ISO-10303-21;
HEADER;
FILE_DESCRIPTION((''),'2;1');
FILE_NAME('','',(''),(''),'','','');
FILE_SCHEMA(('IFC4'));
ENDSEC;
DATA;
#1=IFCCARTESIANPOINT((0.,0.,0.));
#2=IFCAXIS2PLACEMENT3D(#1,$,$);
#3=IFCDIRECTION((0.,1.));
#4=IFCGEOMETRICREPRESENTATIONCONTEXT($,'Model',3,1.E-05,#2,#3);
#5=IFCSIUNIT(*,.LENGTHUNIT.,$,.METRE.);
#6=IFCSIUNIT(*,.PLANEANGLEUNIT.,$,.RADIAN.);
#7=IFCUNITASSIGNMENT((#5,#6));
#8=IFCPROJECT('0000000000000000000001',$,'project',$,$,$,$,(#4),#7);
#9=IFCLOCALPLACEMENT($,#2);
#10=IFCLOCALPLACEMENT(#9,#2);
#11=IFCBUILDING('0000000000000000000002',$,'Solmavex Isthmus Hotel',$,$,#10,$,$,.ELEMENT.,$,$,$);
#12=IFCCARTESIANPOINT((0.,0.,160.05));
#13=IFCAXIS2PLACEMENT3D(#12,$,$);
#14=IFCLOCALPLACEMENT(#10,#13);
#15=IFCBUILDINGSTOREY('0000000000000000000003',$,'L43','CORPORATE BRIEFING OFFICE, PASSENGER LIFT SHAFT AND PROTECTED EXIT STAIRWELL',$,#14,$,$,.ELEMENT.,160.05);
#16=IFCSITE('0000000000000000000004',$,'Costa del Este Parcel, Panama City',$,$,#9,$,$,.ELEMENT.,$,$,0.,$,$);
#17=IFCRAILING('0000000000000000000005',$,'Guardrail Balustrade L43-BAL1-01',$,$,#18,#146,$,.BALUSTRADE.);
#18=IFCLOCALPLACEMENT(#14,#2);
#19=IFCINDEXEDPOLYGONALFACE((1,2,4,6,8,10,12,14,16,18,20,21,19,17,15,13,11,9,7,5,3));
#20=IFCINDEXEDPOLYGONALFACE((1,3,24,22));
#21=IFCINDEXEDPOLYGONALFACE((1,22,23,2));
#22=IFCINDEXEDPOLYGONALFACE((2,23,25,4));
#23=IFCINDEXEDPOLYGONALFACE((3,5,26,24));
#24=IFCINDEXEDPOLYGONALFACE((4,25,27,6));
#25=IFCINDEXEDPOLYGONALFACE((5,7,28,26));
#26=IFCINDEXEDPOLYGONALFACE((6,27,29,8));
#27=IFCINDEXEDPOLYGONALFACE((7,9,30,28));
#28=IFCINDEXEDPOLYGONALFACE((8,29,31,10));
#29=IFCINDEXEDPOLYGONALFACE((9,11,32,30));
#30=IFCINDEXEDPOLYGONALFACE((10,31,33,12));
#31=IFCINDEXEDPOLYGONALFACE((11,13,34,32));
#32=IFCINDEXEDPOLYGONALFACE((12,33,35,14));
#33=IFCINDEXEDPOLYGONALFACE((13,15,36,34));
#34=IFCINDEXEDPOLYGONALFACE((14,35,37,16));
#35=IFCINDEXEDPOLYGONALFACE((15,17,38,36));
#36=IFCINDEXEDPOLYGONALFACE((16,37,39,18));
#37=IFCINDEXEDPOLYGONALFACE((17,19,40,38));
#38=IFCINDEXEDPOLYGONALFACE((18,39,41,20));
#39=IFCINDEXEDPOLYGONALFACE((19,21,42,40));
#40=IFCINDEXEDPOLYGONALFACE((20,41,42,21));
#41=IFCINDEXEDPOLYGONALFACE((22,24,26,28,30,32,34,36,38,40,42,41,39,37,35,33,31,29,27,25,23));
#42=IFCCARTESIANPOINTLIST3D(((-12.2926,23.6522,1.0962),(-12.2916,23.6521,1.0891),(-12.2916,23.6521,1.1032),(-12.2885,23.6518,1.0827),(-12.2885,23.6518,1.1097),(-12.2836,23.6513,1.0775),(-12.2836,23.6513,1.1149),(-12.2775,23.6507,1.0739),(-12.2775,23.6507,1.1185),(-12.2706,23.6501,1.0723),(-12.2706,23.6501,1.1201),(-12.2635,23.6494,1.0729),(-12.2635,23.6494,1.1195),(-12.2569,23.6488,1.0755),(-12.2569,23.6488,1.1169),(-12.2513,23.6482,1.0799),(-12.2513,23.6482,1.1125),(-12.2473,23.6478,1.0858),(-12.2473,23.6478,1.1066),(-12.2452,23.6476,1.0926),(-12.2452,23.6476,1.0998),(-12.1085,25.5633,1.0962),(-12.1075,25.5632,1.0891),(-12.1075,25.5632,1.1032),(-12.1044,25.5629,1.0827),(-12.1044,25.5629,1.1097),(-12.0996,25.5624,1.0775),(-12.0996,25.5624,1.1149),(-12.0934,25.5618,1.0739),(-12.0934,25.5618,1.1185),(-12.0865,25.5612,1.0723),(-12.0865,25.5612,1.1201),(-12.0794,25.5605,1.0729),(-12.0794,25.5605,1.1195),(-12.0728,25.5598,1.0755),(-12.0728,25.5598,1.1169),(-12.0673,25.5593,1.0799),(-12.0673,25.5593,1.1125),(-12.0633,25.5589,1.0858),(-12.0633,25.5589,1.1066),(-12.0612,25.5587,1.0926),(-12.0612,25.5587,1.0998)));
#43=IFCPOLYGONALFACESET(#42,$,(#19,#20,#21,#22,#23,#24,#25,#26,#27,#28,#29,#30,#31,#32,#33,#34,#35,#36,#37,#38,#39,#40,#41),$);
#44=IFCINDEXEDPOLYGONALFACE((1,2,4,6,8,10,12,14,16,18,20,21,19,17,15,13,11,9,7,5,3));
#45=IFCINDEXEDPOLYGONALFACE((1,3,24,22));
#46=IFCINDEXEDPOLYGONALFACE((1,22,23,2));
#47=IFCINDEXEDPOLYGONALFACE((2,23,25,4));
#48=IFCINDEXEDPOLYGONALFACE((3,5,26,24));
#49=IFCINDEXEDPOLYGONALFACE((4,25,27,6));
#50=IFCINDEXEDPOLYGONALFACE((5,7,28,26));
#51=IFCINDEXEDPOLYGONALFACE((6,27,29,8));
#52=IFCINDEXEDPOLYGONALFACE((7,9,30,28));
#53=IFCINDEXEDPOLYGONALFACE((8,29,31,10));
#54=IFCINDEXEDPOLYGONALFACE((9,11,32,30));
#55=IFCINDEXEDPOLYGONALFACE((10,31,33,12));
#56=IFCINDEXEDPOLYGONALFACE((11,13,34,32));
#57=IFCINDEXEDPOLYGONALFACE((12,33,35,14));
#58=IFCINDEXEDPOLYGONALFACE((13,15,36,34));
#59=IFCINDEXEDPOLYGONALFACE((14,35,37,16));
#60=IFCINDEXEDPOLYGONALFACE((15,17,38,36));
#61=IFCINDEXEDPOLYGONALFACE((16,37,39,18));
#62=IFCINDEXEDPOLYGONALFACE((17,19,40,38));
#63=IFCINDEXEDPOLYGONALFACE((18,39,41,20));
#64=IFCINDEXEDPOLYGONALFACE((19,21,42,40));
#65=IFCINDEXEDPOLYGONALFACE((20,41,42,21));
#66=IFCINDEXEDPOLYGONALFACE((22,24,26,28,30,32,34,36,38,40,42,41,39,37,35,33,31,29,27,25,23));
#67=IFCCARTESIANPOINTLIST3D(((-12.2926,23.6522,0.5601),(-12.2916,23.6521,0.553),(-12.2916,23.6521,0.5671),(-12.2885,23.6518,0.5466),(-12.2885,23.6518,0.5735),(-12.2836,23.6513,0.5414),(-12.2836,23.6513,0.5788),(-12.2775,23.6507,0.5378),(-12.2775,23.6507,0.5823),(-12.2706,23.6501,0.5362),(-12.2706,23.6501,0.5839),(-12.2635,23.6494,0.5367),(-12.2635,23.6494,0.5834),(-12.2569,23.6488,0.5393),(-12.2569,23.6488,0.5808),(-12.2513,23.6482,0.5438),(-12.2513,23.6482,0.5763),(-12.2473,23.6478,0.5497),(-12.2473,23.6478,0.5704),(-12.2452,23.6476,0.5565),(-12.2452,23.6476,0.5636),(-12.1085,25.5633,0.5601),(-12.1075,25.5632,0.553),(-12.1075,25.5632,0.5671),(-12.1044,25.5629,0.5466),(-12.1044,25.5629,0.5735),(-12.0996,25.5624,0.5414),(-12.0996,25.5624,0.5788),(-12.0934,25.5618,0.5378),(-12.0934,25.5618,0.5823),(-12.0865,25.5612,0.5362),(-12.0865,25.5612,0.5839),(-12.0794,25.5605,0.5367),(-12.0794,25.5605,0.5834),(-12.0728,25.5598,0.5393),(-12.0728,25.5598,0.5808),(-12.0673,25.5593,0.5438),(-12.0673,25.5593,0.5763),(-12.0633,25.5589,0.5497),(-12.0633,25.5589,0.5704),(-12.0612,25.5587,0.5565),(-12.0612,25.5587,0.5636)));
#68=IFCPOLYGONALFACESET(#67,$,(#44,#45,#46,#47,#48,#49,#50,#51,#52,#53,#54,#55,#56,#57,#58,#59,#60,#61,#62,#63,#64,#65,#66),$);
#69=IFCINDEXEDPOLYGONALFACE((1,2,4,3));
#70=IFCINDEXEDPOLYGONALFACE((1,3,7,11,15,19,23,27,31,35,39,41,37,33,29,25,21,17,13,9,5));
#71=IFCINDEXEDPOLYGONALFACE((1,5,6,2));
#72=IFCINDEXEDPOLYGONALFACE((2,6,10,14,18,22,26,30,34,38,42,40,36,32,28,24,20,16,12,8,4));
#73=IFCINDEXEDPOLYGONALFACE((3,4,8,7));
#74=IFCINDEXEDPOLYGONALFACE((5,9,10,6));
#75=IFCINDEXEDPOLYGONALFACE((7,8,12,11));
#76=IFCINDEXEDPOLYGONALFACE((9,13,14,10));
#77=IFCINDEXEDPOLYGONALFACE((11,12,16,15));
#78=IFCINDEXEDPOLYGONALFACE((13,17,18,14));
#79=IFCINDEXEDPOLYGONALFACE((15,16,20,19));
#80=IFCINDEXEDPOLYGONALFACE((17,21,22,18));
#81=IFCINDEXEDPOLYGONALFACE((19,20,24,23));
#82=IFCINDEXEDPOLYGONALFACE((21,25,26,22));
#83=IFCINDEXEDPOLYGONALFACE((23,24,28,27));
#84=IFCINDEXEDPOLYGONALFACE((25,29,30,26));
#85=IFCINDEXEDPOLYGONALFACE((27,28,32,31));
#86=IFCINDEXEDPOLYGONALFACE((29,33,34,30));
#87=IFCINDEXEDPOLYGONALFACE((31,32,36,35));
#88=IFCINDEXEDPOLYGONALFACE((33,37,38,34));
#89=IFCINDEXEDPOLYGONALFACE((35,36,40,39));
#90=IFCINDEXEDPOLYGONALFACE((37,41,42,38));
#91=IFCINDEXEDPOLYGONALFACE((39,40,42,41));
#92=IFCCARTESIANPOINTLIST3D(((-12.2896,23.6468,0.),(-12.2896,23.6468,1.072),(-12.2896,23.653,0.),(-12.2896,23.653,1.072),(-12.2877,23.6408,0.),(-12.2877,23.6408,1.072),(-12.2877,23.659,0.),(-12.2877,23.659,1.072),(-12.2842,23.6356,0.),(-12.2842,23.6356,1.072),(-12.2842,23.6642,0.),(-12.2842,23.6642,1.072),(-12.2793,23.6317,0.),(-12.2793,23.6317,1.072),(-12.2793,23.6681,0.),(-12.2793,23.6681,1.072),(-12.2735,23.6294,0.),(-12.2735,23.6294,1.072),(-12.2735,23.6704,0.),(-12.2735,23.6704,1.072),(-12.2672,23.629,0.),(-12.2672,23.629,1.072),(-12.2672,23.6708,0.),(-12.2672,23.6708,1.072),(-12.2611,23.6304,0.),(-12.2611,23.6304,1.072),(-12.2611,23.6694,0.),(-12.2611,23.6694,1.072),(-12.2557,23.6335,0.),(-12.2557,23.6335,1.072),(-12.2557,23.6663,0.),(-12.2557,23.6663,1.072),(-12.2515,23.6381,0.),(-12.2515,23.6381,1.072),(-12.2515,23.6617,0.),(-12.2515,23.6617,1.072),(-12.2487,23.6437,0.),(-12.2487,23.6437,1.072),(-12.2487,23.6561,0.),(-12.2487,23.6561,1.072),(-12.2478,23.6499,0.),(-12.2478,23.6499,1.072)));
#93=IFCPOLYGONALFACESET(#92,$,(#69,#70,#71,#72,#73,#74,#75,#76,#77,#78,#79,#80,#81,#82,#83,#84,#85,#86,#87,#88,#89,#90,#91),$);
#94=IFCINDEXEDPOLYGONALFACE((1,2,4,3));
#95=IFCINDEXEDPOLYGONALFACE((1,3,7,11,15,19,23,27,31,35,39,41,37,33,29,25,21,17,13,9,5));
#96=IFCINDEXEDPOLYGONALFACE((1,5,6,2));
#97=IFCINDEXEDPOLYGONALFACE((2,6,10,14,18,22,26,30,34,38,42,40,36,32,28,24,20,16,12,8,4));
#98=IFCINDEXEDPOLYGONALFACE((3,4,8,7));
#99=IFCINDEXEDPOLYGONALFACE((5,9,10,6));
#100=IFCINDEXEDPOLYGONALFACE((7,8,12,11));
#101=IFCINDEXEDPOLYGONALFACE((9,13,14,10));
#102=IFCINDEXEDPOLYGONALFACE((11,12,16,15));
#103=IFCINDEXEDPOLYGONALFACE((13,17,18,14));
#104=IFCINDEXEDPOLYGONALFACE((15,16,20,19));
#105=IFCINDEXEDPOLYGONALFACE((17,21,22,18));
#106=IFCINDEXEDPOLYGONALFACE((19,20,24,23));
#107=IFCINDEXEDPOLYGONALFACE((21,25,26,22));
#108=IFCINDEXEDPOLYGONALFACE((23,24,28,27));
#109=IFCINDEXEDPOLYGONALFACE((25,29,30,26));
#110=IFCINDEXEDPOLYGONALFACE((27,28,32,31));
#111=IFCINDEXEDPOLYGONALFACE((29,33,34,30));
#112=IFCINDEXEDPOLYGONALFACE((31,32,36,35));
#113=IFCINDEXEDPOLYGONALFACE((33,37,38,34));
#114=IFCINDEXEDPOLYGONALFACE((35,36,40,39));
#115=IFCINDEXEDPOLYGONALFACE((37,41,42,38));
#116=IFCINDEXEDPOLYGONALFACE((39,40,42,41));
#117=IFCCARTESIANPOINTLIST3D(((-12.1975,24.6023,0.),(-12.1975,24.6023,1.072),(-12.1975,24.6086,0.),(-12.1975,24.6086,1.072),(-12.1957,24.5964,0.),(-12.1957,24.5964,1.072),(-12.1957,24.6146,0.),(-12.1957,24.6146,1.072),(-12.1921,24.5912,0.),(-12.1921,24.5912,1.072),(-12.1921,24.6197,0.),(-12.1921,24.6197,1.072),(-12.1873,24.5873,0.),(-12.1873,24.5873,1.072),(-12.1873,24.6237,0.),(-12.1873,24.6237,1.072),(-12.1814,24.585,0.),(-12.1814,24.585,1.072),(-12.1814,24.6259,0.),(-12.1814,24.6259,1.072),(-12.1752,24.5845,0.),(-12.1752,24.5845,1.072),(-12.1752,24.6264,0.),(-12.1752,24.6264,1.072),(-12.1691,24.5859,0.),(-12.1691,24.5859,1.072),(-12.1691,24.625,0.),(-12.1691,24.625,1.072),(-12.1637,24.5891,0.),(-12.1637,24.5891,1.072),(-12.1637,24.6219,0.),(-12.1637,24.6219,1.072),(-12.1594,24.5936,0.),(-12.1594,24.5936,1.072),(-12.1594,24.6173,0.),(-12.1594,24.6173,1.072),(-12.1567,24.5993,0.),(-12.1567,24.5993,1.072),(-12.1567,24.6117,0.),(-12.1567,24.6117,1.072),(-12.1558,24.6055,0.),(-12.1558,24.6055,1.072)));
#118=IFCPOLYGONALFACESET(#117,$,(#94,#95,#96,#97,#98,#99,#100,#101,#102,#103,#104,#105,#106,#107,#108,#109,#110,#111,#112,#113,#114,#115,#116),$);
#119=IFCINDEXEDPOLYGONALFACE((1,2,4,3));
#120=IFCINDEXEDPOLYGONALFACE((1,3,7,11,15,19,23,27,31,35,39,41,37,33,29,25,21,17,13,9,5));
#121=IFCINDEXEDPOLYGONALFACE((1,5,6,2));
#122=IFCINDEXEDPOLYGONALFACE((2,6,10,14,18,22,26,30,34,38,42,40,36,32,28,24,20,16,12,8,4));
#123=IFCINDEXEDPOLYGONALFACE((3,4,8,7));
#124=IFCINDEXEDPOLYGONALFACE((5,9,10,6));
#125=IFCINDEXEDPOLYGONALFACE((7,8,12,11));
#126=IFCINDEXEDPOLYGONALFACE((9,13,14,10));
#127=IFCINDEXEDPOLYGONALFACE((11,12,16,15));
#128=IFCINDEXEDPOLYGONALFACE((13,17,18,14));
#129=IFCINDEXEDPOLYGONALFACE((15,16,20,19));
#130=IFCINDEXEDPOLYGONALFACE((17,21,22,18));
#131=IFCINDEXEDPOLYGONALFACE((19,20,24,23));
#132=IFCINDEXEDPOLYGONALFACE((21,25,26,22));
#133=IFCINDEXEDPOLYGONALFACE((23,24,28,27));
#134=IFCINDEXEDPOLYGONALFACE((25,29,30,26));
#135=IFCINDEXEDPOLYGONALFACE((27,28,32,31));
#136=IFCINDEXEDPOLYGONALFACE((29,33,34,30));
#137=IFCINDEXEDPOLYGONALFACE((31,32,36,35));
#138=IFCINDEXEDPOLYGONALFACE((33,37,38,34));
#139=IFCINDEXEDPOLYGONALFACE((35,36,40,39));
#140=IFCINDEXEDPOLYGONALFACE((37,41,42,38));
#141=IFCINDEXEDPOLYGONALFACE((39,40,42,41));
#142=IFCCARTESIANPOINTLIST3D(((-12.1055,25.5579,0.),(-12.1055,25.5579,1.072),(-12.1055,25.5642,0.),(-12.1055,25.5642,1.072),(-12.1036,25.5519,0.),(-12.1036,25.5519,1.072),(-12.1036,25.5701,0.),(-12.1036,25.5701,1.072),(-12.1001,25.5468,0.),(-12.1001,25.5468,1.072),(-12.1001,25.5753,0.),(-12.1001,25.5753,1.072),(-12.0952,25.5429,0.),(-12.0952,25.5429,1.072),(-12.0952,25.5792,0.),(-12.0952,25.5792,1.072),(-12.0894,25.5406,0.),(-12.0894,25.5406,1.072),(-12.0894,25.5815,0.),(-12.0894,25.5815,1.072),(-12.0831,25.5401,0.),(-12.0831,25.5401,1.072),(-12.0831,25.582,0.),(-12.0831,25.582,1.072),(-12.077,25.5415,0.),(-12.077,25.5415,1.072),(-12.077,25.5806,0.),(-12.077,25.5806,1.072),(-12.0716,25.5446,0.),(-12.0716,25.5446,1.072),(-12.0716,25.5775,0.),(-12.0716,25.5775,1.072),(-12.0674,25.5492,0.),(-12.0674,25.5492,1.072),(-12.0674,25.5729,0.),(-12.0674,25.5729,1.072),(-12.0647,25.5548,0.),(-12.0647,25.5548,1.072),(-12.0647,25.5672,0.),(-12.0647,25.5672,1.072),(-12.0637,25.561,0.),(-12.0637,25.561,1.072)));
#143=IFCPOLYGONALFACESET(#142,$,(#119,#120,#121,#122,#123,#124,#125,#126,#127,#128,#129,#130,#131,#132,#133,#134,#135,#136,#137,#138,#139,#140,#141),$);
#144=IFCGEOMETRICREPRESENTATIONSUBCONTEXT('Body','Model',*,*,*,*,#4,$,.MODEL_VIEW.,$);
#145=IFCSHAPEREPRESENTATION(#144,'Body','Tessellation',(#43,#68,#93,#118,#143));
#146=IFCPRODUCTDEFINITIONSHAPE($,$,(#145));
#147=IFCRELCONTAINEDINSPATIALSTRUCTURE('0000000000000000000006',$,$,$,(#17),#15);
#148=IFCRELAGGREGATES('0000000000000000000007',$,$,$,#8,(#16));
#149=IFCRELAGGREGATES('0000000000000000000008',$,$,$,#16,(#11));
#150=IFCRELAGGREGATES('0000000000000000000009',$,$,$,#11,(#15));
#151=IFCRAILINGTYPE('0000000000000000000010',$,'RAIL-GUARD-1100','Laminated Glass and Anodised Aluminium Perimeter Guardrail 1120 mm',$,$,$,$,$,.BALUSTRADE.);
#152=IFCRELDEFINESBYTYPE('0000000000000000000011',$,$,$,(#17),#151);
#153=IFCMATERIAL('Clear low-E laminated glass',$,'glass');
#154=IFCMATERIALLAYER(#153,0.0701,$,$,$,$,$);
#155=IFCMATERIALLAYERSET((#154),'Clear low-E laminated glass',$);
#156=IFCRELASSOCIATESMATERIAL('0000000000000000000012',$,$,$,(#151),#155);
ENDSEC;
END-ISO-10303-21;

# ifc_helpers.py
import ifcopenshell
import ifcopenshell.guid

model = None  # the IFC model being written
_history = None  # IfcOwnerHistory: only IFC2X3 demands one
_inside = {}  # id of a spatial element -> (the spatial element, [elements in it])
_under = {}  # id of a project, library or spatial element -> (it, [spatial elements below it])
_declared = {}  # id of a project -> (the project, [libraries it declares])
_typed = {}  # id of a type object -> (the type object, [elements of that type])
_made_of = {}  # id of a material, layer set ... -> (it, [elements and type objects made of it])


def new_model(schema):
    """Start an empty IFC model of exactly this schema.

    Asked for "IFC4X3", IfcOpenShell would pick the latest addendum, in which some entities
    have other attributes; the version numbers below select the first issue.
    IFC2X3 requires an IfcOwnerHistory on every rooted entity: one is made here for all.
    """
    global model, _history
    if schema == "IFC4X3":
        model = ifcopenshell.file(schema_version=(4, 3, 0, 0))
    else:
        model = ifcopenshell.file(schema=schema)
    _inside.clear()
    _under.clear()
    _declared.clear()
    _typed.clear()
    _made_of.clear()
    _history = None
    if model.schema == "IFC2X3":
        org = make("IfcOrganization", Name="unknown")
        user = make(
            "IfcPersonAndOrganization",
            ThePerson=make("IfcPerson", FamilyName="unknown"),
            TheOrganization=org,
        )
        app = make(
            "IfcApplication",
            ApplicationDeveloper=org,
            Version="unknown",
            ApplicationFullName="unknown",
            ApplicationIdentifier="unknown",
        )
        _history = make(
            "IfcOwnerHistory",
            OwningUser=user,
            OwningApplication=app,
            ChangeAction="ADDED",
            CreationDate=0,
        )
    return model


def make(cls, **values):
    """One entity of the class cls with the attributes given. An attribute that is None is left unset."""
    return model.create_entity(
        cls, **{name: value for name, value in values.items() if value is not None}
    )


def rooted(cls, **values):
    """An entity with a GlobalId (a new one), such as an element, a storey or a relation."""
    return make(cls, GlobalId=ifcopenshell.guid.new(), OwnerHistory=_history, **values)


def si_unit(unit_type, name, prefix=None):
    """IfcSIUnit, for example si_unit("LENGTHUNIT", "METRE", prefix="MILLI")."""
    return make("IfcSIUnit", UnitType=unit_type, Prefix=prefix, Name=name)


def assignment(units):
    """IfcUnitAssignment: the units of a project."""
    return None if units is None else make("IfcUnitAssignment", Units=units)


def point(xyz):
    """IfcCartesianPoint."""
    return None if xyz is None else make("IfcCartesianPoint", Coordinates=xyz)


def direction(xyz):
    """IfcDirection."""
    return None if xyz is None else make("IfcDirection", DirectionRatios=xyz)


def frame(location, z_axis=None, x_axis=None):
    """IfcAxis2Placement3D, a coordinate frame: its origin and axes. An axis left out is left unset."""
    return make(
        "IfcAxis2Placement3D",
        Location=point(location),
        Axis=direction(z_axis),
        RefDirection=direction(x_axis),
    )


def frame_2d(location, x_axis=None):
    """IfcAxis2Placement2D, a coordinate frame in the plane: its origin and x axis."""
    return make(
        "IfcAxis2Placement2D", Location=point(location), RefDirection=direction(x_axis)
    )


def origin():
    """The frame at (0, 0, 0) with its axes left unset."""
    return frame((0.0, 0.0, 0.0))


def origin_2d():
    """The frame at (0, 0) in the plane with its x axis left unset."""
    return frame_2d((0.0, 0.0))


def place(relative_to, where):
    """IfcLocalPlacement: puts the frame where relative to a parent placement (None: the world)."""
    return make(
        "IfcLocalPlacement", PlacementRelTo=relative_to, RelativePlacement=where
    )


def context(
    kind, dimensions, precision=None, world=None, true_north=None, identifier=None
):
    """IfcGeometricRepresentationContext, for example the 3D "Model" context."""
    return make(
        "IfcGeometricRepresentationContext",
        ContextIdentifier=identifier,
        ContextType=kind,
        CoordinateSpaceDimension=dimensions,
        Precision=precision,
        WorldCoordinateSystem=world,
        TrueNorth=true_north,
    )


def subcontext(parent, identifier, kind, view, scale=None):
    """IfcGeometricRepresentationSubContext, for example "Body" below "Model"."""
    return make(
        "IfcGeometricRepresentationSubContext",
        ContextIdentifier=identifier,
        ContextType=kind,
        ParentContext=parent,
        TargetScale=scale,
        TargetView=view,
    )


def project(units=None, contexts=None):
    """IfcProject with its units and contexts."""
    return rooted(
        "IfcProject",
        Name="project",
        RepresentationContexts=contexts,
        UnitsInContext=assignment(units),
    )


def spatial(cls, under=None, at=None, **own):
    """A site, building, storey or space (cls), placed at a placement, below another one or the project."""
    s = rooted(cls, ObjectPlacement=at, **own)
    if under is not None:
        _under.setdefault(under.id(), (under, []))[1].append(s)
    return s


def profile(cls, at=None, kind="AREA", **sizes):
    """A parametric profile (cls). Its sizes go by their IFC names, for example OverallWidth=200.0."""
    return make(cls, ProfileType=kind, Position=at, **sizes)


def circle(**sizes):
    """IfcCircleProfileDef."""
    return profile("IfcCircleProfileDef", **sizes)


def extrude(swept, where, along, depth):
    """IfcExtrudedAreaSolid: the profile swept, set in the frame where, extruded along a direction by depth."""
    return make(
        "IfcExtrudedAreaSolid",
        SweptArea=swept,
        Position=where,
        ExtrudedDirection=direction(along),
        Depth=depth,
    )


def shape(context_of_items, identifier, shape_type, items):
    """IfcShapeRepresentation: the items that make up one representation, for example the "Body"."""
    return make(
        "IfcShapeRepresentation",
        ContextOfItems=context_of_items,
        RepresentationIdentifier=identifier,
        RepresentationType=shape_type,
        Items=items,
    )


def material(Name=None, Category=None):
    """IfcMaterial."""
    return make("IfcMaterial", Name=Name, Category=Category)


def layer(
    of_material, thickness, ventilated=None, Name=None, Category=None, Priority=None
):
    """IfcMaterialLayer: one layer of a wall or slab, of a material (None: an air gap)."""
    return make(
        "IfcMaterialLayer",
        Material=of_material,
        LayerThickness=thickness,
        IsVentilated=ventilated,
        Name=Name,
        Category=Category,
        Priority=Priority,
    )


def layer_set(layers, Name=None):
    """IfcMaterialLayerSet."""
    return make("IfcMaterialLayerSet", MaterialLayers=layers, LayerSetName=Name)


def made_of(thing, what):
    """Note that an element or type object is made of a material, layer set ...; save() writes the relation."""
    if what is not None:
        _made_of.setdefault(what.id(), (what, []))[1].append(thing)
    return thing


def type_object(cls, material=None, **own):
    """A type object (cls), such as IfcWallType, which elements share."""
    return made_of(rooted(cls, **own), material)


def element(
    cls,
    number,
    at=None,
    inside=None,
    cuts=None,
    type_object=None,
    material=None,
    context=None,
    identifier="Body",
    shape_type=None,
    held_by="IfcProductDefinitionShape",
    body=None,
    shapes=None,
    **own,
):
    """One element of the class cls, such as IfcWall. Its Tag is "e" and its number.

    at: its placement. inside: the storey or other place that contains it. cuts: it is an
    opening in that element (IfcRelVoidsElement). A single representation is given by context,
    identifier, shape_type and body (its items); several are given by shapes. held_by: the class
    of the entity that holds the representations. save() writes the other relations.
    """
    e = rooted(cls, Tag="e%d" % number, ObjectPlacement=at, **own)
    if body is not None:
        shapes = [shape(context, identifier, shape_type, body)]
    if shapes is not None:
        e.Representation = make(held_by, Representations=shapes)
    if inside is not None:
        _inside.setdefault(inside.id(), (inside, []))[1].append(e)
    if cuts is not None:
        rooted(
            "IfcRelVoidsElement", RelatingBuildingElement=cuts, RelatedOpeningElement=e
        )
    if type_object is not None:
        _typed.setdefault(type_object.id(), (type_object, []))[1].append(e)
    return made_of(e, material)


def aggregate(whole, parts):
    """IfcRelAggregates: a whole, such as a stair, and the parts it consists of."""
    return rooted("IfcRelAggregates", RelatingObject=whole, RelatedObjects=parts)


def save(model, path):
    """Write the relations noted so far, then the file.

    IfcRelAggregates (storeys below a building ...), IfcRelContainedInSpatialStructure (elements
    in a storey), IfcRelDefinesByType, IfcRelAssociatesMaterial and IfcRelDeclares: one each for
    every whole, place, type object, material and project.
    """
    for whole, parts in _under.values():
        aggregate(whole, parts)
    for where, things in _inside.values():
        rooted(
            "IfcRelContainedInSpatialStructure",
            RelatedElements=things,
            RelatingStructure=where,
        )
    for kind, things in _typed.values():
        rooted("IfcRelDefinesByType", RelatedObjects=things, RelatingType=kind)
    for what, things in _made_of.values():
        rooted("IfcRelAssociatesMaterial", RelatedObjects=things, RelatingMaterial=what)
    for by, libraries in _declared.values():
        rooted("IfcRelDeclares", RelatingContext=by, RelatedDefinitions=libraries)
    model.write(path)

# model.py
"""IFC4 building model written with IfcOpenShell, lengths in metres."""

from ifc_helpers import new_model, si_unit, direction, frame, origin, origin_2d, place, context, subcontext, project, spatial, circle, extrude, material, layer, layer_set, type_object, element, save


model = new_model("IFC4")

# Units and contexts
model_context = context("Model", 3, precision=1e-05, world=origin(), true_north=direction((0.0, 1.0)))
body_context = subcontext(model_context, "Body", "Model", "MODEL_VIEW")
ifc_project = project(units=[si_unit("LENGTHUNIT", "METRE"), si_unit("PLANEANGLEUNIT", "RADIAN")], contexts=[model_context])

# Site, building, storey
site_placement = place(None, origin())
site = spatial("IfcSite", under=ifc_project, at=site_placement, Name="Costa del Este Parcel, Panama City", CompositionType="ELEMENT", RefElevation=0.0)
building_placement = place(site_placement, origin())
building = spatial("IfcBuilding", under=site, at=building_placement, Name="Solmavex Isthmus Hotel", CompositionType="ELEMENT")
storey_placement = place(building_placement, frame((0.0, 0.0, 160.05)))
storey = spatial("IfcBuildingStorey", under=building, at=storey_placement, Name="L43", Description="CORPORATE BRIEFING OFFICE, PASSENGER LIFT SHAFT AND PROTECTED EXIT STAIRWELL", CompositionType="ELEMENT", Elevation=160.05)

# Shared definitions
ifc_material_1 = material(Name="Clear low-E laminated glass", Category="glass")

# Railing
ifc_layer_1 = layer(ifc_material_1, 0.0701)
ifc_layer_set_1 = layer_set([ifc_layer_1], Name="Clear low-E laminated glass")
railing_type = type_object("IfcRailingType", Name="RAIL-GUARD-1100", Description="Laminated Glass and Anodised Aluminium Perimeter Guardrail 1120 mm", PredefinedType="BALUSTRADE", material=ifc_layer_set_1)
railing_1_placement = place(storey_placement, frame((-12.2688, 23.6499, 0.0)))
element("IfcRailing", 1, at=railing_1_placement, inside=storey, type_object=railing_type, Name="Guardrail Balustrade L43-BAL1-01", PredefinedType="BALUSTRADE", context=body_context, shape_type="SweptSolid", body=[
    extrude(circle(Radius=0.0239, at=origin_2d()), frame((0.0, 0.0, 1.0962), z_axis=(0.095877, 0.995393, 0.0), x_axis=(-0.995393, 0.095877, 0.0)), (0.0, 0.0, 1.0), 1.9199),
    extrude(circle(Radius=0.0239, at=origin_2d()), frame((0.0, 0.0, 0.5601), z_axis=(0.095877, 0.995393, 0.0), x_axis=(-0.995393, 0.095877, 0.0)), (0.0, 0.0, 1.0), 1.9199),
    extrude(circle(Radius=0.021, at=origin_2d()), origin(), (0.0, 0.0, 1.0), 1.072),
    extrude(circle(Radius=0.021, at=origin_2d()), frame((0.092, 0.9556, 0.0)), (0.0, 0.0, 1.0), 1.072),
    extrude(circle(Radius=0.021, at=origin_2d()), frame((0.1841, 1.9111, 0.0)), (0.0, 0.0, 1.0), 1.072),
])

save(model, "model.ifc")
